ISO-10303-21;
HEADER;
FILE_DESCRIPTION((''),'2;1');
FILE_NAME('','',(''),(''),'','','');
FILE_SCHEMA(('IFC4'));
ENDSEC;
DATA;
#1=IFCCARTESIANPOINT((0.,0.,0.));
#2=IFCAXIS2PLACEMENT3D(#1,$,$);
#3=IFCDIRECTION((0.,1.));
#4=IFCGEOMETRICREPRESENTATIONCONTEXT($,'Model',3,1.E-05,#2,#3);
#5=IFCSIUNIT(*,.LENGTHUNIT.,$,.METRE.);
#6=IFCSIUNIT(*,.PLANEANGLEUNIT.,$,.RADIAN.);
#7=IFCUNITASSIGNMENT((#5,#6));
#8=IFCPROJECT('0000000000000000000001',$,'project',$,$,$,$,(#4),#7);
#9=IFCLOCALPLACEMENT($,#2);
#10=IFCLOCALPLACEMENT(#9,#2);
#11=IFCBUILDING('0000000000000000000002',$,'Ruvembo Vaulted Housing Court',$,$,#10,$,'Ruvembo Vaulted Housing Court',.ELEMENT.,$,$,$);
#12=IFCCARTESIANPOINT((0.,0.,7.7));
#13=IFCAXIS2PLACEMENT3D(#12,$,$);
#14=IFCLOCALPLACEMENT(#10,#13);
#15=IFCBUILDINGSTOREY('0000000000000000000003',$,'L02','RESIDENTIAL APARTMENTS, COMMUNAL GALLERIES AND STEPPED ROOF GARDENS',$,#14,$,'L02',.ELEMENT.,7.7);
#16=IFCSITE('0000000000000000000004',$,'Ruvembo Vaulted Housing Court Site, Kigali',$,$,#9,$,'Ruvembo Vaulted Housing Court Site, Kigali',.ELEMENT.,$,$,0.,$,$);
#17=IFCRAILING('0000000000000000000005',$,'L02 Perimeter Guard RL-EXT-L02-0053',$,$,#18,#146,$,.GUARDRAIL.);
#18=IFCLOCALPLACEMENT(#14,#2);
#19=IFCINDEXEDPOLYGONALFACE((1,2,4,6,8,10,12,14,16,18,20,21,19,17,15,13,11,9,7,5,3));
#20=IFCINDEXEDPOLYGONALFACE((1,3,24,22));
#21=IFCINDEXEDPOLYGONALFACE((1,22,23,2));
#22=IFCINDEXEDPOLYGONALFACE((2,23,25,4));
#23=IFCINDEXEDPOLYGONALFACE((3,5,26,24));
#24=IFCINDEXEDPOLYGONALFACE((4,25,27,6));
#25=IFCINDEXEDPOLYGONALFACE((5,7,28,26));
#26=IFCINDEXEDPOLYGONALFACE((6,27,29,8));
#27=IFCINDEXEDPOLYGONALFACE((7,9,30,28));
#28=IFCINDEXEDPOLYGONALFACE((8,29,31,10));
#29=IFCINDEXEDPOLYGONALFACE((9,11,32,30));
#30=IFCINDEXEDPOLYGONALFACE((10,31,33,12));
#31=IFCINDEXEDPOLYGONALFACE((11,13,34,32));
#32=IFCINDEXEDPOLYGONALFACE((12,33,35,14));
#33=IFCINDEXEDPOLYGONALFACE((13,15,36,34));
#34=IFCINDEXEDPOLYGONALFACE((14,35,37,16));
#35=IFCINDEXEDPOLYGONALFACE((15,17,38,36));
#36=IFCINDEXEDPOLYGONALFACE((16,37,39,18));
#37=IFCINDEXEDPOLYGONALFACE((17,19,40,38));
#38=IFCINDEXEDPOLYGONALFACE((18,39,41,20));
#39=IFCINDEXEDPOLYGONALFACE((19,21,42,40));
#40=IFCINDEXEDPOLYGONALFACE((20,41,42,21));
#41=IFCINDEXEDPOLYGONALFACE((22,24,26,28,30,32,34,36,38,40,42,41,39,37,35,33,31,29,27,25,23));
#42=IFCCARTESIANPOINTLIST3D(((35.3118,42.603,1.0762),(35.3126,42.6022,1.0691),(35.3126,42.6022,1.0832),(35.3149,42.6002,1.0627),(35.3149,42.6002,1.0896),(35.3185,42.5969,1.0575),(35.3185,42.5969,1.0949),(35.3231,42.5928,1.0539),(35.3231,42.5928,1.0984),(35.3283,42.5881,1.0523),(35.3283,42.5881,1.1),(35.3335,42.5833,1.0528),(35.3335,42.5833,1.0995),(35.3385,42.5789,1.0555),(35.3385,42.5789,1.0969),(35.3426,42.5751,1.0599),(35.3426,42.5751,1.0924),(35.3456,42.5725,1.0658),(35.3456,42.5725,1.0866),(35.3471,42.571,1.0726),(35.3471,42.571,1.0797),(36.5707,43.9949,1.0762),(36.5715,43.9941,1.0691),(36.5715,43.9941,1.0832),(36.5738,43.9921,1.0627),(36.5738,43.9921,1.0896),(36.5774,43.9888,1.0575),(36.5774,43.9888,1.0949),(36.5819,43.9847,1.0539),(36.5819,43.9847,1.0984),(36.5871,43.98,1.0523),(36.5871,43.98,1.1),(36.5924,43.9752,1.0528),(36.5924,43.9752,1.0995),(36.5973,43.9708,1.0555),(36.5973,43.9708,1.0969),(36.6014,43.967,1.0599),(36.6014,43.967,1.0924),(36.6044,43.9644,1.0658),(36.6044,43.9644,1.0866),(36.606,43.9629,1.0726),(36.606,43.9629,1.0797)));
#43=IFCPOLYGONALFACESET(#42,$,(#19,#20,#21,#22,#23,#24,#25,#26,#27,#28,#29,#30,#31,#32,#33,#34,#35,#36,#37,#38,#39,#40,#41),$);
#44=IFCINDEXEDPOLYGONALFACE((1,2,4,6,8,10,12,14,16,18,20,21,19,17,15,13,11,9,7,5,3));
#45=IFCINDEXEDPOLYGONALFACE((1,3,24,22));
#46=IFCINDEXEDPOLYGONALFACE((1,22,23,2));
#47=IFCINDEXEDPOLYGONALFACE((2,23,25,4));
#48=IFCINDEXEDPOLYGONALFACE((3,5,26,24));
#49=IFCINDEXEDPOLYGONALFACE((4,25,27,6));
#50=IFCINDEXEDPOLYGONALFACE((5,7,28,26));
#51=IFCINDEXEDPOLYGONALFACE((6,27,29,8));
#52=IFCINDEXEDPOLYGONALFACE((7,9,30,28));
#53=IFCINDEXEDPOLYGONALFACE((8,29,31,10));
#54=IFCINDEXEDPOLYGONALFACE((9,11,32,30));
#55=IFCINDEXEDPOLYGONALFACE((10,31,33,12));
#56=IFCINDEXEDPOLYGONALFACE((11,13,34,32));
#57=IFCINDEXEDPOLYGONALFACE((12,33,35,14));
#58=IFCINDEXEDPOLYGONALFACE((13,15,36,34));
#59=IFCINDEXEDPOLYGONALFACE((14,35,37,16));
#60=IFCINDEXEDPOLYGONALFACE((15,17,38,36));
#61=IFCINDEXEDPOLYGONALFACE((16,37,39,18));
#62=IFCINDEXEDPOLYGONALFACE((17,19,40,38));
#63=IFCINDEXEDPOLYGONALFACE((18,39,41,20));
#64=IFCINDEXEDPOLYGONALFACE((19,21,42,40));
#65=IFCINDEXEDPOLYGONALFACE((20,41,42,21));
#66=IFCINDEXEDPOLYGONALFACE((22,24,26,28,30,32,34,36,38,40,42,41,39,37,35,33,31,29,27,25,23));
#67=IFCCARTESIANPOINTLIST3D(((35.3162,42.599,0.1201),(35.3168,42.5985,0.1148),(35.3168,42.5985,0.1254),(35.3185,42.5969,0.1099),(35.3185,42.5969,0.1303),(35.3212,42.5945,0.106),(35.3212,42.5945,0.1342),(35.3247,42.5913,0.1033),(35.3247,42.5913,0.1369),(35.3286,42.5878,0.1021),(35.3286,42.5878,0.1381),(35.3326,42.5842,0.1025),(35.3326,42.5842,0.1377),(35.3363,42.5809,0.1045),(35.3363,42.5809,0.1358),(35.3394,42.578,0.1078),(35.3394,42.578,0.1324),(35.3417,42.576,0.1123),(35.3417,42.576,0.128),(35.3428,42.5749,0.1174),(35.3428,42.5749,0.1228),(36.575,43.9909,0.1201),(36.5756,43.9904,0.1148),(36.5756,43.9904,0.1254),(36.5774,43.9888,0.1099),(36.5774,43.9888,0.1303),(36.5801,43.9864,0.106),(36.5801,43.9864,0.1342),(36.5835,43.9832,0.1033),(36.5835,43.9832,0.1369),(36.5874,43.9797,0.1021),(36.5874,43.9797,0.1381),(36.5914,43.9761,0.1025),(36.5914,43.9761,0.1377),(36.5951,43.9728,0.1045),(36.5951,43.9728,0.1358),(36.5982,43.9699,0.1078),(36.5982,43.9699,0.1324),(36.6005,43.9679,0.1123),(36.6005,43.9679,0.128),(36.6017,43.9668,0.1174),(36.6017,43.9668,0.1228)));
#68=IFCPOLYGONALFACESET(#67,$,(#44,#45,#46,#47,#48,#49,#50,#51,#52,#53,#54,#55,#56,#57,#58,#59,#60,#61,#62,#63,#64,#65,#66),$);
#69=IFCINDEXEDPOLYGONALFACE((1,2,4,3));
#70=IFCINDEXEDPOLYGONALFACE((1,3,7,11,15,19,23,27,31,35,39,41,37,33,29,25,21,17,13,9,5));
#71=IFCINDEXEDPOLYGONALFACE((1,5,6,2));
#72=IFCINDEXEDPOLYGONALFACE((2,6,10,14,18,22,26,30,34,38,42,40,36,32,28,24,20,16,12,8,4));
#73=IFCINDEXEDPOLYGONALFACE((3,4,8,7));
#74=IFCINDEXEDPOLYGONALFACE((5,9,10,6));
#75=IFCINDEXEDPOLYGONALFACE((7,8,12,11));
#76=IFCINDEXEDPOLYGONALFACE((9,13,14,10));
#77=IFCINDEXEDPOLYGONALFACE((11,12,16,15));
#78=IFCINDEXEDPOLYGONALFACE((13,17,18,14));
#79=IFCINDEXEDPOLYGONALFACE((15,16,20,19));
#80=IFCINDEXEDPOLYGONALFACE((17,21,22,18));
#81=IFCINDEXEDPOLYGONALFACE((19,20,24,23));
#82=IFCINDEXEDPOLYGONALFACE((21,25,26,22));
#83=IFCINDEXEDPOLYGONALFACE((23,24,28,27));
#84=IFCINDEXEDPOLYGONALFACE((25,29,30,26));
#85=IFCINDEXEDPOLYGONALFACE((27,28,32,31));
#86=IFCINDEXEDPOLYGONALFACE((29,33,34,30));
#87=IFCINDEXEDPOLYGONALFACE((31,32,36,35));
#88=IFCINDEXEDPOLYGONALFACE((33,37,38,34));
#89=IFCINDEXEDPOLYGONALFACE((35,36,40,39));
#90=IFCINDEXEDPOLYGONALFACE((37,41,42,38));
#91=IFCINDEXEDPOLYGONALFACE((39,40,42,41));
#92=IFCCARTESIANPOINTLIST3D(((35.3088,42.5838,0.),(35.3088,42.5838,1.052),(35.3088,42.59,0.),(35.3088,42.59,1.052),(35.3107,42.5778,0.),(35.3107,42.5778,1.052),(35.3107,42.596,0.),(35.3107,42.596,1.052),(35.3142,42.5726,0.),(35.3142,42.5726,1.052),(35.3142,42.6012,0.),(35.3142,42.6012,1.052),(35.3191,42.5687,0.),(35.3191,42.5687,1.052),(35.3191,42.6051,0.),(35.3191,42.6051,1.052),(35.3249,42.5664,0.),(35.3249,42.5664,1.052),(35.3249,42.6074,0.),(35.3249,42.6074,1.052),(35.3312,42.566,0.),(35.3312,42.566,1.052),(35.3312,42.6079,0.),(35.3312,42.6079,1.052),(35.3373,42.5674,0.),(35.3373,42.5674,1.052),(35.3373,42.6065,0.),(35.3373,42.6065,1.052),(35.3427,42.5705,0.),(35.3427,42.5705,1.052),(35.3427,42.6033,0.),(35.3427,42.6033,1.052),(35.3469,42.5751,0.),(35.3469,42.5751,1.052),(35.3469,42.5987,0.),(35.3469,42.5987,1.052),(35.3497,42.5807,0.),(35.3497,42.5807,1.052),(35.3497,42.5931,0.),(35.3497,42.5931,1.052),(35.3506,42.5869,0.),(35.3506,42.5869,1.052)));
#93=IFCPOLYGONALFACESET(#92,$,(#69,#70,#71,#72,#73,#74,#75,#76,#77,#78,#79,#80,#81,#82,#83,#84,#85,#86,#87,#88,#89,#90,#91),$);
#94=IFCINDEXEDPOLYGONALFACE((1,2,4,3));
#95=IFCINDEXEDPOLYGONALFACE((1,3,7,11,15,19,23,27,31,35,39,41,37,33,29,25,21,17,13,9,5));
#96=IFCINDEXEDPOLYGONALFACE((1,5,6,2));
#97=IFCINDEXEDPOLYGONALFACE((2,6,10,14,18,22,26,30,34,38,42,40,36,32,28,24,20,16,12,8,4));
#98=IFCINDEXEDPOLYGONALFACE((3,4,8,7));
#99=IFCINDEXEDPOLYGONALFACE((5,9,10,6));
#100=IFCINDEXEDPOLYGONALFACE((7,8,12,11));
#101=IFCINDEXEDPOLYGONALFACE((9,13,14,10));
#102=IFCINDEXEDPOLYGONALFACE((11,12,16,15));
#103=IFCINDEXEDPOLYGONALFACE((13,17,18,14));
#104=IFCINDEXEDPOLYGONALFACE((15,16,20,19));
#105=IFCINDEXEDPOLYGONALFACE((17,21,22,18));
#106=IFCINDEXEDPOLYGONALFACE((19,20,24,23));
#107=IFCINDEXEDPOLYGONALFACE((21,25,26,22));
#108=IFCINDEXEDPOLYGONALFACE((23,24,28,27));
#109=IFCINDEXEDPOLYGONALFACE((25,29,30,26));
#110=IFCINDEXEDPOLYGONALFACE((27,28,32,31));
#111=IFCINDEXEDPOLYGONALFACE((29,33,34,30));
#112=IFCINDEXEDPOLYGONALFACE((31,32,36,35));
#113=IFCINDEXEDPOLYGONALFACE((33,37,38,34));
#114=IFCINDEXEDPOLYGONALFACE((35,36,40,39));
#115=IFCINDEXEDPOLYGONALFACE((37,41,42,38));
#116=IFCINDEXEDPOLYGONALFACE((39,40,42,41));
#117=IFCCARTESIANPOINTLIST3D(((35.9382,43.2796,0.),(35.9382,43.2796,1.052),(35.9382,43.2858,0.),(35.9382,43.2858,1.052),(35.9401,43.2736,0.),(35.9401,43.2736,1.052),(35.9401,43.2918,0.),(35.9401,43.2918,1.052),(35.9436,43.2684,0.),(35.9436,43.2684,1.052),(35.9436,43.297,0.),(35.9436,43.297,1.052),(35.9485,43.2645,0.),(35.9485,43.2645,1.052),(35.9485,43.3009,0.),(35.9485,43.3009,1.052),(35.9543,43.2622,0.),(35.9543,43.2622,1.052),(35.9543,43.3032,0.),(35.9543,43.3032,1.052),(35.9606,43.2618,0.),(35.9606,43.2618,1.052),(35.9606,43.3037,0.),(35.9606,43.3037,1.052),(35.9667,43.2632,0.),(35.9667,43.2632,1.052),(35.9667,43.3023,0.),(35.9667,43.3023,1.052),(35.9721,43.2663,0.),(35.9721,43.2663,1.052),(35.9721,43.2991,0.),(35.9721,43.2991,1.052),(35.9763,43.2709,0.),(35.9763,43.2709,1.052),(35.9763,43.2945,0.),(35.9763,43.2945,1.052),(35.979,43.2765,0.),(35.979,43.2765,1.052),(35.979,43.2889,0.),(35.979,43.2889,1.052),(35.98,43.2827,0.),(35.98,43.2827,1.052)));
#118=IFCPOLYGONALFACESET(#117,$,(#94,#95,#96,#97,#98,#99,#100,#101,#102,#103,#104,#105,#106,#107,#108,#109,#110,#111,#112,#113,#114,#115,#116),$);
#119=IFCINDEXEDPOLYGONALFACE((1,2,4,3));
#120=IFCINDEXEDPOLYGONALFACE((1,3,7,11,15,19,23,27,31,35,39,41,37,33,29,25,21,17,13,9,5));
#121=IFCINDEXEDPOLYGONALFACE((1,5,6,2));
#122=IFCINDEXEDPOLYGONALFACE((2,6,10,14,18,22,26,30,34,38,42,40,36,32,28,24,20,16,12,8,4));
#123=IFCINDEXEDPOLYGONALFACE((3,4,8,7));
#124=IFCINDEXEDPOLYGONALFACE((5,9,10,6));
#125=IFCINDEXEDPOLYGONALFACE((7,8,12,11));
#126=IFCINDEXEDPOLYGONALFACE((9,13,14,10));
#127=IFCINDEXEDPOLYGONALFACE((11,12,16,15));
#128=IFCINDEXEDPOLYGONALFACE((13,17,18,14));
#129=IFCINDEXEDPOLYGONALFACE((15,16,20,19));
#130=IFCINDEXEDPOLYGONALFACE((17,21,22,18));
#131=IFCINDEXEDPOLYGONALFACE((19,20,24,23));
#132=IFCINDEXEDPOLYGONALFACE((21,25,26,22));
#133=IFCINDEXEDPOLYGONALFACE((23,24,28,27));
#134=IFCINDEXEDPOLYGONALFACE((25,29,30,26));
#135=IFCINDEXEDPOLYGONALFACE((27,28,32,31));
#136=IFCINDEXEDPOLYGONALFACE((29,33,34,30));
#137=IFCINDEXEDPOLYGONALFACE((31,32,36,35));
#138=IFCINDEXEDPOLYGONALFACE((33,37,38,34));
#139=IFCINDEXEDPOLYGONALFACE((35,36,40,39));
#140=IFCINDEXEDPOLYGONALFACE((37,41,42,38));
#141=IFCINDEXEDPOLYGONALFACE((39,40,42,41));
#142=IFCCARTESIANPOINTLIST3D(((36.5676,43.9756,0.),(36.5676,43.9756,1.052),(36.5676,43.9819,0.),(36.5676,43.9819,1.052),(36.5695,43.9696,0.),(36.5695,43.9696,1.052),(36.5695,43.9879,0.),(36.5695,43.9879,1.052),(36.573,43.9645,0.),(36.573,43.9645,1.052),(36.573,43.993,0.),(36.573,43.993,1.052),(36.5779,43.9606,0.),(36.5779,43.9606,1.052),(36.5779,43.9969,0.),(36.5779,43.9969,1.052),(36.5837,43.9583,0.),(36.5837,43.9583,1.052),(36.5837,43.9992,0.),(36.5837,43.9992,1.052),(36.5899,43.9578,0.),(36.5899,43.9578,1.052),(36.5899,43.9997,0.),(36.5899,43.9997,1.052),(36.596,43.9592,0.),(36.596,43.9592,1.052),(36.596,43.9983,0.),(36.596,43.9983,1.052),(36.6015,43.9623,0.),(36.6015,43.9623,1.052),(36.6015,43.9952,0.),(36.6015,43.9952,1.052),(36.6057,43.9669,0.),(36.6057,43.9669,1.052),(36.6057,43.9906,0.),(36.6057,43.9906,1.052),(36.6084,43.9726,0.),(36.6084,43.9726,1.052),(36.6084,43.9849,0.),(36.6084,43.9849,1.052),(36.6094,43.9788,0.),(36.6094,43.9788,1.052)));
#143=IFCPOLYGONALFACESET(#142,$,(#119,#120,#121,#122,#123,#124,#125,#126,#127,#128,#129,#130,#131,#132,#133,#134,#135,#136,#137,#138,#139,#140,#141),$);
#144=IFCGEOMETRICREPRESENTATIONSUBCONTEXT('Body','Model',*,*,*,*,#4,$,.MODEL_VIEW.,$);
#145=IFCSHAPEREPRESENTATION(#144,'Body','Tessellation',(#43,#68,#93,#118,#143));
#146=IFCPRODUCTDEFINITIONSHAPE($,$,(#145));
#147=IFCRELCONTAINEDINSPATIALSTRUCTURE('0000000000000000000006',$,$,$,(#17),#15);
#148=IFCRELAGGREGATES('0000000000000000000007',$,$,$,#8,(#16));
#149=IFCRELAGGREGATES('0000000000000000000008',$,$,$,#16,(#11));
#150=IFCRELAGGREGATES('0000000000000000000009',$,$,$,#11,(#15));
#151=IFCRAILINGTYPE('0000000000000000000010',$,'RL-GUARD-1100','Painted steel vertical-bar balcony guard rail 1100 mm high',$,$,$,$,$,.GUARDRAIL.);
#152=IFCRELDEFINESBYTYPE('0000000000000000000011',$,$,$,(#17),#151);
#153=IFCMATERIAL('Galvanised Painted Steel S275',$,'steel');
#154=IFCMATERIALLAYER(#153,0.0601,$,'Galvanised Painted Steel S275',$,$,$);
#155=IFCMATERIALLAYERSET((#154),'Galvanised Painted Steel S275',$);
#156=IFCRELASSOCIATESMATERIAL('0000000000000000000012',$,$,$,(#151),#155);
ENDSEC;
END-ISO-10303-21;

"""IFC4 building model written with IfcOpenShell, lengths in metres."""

from ifc_helpers import new_model, si_unit, direction, frame, origin, origin_2d, place, context, subcontext, project, spatial, circle, extrude, material, layer, layer_set, type_object, element, save


model = new_model("IFC4")

# Units and contexts
model_context = context("Model", 3, precision=1e-05, world=origin(), true_north=direction((0.0, 1.0)))
body_context = subcontext(model_context, "Body", "Model", "MODEL_VIEW")
ifc_project = project(units=[si_unit("LENGTHUNIT", "METRE"), si_unit("PLANEANGLEUNIT", "RADIAN")], contexts=[model_context])

# Site, building, storey
site_placement = place(None, origin())
site = spatial("IfcSite", under=ifc_project, at=site_placement, Name="Ruvembo Vaulted Housing Court Site, Kigali", LongName="Ruvembo Vaulted Housing Court Site, Kigali", CompositionType="ELEMENT", RefElevation=0.0)
building_placement = place(site_placement, origin())
building = spatial("IfcBuilding", under=site, at=building_placement, Name="Ruvembo Vaulted Housing Court", LongName="Ruvembo Vaulted Housing Court", CompositionType="ELEMENT")
storey_placement = place(building_placement, frame((0.0, 0.0, 7.7)))
storey = spatial("IfcBuildingStorey", under=building, at=storey_placement, Name="L02", Description="RESIDENTIAL APARTMENTS, COMMUNAL GALLERIES AND STEPPED ROOF GARDENS", LongName="L02", CompositionType="ELEMENT", Elevation=7.7)

# Railing
ifc_material_1 = material(Name="Galvanised Painted Steel S275", Category="steel")
ifc_layer_1 = layer(ifc_material_1, 0.0601, Name="Galvanised Painted Steel S275")
ifc_layer_set_1 = layer_set([ifc_layer_1], Name="Galvanised Painted Steel S275")
railing_type = type_object("IfcRailingType", Name="RL-GUARD-1100", Description="Painted steel vertical-bar balcony guard rail 1100 mm high", PredefinedType="GUARDRAIL", material=ifc_layer_set_1)
railing_1_placement = place(storey_placement, frame((35.3296, 42.5869, 0.0)))
element("IfcRailing", 1, at=railing_1_placement, inside=storey, type_object=railing_type, Name="L02 Perimeter Guard RL-EXT-L02-0053", PredefinedType="GUARDRAIL", context=body_context, shape_type="SweptSolid", body=[
    extrude(circle(Radius=0.0239, at=origin_2d()), frame((0.0, 0.0, 1.0762), z_axis=(0.670767, 0.741668, 0.0), x_axis=(-0.741668, 0.670767, 0.0)), (0.0, 0.0, 1.0), 1.8767),
    extrude(circle(Radius=0.0181, at=origin_2d()), frame((0.0, 0.0, 0.1201), z_axis=(0.670767, 0.741668, 0.0), x_axis=(-0.741668, 0.670767, 0.0)), (0.0, 0.0, 1.0), 1.8767),
    extrude(circle(Radius=0.021, at=origin_2d()), origin(), (0.0, 0.0, 1.0), 1.052),
    extrude(circle(Radius=0.021, at=origin_2d()), frame((0.6294, 0.6958, 0.0)), (0.0, 0.0, 1.0), 1.052),
    extrude(circle(Radius=0.021, at=origin_2d()), frame((1.2588, 1.3918, 0.0)), (0.0, 0.0, 1.0), 1.052),
])

save(model, "model.ifc")
